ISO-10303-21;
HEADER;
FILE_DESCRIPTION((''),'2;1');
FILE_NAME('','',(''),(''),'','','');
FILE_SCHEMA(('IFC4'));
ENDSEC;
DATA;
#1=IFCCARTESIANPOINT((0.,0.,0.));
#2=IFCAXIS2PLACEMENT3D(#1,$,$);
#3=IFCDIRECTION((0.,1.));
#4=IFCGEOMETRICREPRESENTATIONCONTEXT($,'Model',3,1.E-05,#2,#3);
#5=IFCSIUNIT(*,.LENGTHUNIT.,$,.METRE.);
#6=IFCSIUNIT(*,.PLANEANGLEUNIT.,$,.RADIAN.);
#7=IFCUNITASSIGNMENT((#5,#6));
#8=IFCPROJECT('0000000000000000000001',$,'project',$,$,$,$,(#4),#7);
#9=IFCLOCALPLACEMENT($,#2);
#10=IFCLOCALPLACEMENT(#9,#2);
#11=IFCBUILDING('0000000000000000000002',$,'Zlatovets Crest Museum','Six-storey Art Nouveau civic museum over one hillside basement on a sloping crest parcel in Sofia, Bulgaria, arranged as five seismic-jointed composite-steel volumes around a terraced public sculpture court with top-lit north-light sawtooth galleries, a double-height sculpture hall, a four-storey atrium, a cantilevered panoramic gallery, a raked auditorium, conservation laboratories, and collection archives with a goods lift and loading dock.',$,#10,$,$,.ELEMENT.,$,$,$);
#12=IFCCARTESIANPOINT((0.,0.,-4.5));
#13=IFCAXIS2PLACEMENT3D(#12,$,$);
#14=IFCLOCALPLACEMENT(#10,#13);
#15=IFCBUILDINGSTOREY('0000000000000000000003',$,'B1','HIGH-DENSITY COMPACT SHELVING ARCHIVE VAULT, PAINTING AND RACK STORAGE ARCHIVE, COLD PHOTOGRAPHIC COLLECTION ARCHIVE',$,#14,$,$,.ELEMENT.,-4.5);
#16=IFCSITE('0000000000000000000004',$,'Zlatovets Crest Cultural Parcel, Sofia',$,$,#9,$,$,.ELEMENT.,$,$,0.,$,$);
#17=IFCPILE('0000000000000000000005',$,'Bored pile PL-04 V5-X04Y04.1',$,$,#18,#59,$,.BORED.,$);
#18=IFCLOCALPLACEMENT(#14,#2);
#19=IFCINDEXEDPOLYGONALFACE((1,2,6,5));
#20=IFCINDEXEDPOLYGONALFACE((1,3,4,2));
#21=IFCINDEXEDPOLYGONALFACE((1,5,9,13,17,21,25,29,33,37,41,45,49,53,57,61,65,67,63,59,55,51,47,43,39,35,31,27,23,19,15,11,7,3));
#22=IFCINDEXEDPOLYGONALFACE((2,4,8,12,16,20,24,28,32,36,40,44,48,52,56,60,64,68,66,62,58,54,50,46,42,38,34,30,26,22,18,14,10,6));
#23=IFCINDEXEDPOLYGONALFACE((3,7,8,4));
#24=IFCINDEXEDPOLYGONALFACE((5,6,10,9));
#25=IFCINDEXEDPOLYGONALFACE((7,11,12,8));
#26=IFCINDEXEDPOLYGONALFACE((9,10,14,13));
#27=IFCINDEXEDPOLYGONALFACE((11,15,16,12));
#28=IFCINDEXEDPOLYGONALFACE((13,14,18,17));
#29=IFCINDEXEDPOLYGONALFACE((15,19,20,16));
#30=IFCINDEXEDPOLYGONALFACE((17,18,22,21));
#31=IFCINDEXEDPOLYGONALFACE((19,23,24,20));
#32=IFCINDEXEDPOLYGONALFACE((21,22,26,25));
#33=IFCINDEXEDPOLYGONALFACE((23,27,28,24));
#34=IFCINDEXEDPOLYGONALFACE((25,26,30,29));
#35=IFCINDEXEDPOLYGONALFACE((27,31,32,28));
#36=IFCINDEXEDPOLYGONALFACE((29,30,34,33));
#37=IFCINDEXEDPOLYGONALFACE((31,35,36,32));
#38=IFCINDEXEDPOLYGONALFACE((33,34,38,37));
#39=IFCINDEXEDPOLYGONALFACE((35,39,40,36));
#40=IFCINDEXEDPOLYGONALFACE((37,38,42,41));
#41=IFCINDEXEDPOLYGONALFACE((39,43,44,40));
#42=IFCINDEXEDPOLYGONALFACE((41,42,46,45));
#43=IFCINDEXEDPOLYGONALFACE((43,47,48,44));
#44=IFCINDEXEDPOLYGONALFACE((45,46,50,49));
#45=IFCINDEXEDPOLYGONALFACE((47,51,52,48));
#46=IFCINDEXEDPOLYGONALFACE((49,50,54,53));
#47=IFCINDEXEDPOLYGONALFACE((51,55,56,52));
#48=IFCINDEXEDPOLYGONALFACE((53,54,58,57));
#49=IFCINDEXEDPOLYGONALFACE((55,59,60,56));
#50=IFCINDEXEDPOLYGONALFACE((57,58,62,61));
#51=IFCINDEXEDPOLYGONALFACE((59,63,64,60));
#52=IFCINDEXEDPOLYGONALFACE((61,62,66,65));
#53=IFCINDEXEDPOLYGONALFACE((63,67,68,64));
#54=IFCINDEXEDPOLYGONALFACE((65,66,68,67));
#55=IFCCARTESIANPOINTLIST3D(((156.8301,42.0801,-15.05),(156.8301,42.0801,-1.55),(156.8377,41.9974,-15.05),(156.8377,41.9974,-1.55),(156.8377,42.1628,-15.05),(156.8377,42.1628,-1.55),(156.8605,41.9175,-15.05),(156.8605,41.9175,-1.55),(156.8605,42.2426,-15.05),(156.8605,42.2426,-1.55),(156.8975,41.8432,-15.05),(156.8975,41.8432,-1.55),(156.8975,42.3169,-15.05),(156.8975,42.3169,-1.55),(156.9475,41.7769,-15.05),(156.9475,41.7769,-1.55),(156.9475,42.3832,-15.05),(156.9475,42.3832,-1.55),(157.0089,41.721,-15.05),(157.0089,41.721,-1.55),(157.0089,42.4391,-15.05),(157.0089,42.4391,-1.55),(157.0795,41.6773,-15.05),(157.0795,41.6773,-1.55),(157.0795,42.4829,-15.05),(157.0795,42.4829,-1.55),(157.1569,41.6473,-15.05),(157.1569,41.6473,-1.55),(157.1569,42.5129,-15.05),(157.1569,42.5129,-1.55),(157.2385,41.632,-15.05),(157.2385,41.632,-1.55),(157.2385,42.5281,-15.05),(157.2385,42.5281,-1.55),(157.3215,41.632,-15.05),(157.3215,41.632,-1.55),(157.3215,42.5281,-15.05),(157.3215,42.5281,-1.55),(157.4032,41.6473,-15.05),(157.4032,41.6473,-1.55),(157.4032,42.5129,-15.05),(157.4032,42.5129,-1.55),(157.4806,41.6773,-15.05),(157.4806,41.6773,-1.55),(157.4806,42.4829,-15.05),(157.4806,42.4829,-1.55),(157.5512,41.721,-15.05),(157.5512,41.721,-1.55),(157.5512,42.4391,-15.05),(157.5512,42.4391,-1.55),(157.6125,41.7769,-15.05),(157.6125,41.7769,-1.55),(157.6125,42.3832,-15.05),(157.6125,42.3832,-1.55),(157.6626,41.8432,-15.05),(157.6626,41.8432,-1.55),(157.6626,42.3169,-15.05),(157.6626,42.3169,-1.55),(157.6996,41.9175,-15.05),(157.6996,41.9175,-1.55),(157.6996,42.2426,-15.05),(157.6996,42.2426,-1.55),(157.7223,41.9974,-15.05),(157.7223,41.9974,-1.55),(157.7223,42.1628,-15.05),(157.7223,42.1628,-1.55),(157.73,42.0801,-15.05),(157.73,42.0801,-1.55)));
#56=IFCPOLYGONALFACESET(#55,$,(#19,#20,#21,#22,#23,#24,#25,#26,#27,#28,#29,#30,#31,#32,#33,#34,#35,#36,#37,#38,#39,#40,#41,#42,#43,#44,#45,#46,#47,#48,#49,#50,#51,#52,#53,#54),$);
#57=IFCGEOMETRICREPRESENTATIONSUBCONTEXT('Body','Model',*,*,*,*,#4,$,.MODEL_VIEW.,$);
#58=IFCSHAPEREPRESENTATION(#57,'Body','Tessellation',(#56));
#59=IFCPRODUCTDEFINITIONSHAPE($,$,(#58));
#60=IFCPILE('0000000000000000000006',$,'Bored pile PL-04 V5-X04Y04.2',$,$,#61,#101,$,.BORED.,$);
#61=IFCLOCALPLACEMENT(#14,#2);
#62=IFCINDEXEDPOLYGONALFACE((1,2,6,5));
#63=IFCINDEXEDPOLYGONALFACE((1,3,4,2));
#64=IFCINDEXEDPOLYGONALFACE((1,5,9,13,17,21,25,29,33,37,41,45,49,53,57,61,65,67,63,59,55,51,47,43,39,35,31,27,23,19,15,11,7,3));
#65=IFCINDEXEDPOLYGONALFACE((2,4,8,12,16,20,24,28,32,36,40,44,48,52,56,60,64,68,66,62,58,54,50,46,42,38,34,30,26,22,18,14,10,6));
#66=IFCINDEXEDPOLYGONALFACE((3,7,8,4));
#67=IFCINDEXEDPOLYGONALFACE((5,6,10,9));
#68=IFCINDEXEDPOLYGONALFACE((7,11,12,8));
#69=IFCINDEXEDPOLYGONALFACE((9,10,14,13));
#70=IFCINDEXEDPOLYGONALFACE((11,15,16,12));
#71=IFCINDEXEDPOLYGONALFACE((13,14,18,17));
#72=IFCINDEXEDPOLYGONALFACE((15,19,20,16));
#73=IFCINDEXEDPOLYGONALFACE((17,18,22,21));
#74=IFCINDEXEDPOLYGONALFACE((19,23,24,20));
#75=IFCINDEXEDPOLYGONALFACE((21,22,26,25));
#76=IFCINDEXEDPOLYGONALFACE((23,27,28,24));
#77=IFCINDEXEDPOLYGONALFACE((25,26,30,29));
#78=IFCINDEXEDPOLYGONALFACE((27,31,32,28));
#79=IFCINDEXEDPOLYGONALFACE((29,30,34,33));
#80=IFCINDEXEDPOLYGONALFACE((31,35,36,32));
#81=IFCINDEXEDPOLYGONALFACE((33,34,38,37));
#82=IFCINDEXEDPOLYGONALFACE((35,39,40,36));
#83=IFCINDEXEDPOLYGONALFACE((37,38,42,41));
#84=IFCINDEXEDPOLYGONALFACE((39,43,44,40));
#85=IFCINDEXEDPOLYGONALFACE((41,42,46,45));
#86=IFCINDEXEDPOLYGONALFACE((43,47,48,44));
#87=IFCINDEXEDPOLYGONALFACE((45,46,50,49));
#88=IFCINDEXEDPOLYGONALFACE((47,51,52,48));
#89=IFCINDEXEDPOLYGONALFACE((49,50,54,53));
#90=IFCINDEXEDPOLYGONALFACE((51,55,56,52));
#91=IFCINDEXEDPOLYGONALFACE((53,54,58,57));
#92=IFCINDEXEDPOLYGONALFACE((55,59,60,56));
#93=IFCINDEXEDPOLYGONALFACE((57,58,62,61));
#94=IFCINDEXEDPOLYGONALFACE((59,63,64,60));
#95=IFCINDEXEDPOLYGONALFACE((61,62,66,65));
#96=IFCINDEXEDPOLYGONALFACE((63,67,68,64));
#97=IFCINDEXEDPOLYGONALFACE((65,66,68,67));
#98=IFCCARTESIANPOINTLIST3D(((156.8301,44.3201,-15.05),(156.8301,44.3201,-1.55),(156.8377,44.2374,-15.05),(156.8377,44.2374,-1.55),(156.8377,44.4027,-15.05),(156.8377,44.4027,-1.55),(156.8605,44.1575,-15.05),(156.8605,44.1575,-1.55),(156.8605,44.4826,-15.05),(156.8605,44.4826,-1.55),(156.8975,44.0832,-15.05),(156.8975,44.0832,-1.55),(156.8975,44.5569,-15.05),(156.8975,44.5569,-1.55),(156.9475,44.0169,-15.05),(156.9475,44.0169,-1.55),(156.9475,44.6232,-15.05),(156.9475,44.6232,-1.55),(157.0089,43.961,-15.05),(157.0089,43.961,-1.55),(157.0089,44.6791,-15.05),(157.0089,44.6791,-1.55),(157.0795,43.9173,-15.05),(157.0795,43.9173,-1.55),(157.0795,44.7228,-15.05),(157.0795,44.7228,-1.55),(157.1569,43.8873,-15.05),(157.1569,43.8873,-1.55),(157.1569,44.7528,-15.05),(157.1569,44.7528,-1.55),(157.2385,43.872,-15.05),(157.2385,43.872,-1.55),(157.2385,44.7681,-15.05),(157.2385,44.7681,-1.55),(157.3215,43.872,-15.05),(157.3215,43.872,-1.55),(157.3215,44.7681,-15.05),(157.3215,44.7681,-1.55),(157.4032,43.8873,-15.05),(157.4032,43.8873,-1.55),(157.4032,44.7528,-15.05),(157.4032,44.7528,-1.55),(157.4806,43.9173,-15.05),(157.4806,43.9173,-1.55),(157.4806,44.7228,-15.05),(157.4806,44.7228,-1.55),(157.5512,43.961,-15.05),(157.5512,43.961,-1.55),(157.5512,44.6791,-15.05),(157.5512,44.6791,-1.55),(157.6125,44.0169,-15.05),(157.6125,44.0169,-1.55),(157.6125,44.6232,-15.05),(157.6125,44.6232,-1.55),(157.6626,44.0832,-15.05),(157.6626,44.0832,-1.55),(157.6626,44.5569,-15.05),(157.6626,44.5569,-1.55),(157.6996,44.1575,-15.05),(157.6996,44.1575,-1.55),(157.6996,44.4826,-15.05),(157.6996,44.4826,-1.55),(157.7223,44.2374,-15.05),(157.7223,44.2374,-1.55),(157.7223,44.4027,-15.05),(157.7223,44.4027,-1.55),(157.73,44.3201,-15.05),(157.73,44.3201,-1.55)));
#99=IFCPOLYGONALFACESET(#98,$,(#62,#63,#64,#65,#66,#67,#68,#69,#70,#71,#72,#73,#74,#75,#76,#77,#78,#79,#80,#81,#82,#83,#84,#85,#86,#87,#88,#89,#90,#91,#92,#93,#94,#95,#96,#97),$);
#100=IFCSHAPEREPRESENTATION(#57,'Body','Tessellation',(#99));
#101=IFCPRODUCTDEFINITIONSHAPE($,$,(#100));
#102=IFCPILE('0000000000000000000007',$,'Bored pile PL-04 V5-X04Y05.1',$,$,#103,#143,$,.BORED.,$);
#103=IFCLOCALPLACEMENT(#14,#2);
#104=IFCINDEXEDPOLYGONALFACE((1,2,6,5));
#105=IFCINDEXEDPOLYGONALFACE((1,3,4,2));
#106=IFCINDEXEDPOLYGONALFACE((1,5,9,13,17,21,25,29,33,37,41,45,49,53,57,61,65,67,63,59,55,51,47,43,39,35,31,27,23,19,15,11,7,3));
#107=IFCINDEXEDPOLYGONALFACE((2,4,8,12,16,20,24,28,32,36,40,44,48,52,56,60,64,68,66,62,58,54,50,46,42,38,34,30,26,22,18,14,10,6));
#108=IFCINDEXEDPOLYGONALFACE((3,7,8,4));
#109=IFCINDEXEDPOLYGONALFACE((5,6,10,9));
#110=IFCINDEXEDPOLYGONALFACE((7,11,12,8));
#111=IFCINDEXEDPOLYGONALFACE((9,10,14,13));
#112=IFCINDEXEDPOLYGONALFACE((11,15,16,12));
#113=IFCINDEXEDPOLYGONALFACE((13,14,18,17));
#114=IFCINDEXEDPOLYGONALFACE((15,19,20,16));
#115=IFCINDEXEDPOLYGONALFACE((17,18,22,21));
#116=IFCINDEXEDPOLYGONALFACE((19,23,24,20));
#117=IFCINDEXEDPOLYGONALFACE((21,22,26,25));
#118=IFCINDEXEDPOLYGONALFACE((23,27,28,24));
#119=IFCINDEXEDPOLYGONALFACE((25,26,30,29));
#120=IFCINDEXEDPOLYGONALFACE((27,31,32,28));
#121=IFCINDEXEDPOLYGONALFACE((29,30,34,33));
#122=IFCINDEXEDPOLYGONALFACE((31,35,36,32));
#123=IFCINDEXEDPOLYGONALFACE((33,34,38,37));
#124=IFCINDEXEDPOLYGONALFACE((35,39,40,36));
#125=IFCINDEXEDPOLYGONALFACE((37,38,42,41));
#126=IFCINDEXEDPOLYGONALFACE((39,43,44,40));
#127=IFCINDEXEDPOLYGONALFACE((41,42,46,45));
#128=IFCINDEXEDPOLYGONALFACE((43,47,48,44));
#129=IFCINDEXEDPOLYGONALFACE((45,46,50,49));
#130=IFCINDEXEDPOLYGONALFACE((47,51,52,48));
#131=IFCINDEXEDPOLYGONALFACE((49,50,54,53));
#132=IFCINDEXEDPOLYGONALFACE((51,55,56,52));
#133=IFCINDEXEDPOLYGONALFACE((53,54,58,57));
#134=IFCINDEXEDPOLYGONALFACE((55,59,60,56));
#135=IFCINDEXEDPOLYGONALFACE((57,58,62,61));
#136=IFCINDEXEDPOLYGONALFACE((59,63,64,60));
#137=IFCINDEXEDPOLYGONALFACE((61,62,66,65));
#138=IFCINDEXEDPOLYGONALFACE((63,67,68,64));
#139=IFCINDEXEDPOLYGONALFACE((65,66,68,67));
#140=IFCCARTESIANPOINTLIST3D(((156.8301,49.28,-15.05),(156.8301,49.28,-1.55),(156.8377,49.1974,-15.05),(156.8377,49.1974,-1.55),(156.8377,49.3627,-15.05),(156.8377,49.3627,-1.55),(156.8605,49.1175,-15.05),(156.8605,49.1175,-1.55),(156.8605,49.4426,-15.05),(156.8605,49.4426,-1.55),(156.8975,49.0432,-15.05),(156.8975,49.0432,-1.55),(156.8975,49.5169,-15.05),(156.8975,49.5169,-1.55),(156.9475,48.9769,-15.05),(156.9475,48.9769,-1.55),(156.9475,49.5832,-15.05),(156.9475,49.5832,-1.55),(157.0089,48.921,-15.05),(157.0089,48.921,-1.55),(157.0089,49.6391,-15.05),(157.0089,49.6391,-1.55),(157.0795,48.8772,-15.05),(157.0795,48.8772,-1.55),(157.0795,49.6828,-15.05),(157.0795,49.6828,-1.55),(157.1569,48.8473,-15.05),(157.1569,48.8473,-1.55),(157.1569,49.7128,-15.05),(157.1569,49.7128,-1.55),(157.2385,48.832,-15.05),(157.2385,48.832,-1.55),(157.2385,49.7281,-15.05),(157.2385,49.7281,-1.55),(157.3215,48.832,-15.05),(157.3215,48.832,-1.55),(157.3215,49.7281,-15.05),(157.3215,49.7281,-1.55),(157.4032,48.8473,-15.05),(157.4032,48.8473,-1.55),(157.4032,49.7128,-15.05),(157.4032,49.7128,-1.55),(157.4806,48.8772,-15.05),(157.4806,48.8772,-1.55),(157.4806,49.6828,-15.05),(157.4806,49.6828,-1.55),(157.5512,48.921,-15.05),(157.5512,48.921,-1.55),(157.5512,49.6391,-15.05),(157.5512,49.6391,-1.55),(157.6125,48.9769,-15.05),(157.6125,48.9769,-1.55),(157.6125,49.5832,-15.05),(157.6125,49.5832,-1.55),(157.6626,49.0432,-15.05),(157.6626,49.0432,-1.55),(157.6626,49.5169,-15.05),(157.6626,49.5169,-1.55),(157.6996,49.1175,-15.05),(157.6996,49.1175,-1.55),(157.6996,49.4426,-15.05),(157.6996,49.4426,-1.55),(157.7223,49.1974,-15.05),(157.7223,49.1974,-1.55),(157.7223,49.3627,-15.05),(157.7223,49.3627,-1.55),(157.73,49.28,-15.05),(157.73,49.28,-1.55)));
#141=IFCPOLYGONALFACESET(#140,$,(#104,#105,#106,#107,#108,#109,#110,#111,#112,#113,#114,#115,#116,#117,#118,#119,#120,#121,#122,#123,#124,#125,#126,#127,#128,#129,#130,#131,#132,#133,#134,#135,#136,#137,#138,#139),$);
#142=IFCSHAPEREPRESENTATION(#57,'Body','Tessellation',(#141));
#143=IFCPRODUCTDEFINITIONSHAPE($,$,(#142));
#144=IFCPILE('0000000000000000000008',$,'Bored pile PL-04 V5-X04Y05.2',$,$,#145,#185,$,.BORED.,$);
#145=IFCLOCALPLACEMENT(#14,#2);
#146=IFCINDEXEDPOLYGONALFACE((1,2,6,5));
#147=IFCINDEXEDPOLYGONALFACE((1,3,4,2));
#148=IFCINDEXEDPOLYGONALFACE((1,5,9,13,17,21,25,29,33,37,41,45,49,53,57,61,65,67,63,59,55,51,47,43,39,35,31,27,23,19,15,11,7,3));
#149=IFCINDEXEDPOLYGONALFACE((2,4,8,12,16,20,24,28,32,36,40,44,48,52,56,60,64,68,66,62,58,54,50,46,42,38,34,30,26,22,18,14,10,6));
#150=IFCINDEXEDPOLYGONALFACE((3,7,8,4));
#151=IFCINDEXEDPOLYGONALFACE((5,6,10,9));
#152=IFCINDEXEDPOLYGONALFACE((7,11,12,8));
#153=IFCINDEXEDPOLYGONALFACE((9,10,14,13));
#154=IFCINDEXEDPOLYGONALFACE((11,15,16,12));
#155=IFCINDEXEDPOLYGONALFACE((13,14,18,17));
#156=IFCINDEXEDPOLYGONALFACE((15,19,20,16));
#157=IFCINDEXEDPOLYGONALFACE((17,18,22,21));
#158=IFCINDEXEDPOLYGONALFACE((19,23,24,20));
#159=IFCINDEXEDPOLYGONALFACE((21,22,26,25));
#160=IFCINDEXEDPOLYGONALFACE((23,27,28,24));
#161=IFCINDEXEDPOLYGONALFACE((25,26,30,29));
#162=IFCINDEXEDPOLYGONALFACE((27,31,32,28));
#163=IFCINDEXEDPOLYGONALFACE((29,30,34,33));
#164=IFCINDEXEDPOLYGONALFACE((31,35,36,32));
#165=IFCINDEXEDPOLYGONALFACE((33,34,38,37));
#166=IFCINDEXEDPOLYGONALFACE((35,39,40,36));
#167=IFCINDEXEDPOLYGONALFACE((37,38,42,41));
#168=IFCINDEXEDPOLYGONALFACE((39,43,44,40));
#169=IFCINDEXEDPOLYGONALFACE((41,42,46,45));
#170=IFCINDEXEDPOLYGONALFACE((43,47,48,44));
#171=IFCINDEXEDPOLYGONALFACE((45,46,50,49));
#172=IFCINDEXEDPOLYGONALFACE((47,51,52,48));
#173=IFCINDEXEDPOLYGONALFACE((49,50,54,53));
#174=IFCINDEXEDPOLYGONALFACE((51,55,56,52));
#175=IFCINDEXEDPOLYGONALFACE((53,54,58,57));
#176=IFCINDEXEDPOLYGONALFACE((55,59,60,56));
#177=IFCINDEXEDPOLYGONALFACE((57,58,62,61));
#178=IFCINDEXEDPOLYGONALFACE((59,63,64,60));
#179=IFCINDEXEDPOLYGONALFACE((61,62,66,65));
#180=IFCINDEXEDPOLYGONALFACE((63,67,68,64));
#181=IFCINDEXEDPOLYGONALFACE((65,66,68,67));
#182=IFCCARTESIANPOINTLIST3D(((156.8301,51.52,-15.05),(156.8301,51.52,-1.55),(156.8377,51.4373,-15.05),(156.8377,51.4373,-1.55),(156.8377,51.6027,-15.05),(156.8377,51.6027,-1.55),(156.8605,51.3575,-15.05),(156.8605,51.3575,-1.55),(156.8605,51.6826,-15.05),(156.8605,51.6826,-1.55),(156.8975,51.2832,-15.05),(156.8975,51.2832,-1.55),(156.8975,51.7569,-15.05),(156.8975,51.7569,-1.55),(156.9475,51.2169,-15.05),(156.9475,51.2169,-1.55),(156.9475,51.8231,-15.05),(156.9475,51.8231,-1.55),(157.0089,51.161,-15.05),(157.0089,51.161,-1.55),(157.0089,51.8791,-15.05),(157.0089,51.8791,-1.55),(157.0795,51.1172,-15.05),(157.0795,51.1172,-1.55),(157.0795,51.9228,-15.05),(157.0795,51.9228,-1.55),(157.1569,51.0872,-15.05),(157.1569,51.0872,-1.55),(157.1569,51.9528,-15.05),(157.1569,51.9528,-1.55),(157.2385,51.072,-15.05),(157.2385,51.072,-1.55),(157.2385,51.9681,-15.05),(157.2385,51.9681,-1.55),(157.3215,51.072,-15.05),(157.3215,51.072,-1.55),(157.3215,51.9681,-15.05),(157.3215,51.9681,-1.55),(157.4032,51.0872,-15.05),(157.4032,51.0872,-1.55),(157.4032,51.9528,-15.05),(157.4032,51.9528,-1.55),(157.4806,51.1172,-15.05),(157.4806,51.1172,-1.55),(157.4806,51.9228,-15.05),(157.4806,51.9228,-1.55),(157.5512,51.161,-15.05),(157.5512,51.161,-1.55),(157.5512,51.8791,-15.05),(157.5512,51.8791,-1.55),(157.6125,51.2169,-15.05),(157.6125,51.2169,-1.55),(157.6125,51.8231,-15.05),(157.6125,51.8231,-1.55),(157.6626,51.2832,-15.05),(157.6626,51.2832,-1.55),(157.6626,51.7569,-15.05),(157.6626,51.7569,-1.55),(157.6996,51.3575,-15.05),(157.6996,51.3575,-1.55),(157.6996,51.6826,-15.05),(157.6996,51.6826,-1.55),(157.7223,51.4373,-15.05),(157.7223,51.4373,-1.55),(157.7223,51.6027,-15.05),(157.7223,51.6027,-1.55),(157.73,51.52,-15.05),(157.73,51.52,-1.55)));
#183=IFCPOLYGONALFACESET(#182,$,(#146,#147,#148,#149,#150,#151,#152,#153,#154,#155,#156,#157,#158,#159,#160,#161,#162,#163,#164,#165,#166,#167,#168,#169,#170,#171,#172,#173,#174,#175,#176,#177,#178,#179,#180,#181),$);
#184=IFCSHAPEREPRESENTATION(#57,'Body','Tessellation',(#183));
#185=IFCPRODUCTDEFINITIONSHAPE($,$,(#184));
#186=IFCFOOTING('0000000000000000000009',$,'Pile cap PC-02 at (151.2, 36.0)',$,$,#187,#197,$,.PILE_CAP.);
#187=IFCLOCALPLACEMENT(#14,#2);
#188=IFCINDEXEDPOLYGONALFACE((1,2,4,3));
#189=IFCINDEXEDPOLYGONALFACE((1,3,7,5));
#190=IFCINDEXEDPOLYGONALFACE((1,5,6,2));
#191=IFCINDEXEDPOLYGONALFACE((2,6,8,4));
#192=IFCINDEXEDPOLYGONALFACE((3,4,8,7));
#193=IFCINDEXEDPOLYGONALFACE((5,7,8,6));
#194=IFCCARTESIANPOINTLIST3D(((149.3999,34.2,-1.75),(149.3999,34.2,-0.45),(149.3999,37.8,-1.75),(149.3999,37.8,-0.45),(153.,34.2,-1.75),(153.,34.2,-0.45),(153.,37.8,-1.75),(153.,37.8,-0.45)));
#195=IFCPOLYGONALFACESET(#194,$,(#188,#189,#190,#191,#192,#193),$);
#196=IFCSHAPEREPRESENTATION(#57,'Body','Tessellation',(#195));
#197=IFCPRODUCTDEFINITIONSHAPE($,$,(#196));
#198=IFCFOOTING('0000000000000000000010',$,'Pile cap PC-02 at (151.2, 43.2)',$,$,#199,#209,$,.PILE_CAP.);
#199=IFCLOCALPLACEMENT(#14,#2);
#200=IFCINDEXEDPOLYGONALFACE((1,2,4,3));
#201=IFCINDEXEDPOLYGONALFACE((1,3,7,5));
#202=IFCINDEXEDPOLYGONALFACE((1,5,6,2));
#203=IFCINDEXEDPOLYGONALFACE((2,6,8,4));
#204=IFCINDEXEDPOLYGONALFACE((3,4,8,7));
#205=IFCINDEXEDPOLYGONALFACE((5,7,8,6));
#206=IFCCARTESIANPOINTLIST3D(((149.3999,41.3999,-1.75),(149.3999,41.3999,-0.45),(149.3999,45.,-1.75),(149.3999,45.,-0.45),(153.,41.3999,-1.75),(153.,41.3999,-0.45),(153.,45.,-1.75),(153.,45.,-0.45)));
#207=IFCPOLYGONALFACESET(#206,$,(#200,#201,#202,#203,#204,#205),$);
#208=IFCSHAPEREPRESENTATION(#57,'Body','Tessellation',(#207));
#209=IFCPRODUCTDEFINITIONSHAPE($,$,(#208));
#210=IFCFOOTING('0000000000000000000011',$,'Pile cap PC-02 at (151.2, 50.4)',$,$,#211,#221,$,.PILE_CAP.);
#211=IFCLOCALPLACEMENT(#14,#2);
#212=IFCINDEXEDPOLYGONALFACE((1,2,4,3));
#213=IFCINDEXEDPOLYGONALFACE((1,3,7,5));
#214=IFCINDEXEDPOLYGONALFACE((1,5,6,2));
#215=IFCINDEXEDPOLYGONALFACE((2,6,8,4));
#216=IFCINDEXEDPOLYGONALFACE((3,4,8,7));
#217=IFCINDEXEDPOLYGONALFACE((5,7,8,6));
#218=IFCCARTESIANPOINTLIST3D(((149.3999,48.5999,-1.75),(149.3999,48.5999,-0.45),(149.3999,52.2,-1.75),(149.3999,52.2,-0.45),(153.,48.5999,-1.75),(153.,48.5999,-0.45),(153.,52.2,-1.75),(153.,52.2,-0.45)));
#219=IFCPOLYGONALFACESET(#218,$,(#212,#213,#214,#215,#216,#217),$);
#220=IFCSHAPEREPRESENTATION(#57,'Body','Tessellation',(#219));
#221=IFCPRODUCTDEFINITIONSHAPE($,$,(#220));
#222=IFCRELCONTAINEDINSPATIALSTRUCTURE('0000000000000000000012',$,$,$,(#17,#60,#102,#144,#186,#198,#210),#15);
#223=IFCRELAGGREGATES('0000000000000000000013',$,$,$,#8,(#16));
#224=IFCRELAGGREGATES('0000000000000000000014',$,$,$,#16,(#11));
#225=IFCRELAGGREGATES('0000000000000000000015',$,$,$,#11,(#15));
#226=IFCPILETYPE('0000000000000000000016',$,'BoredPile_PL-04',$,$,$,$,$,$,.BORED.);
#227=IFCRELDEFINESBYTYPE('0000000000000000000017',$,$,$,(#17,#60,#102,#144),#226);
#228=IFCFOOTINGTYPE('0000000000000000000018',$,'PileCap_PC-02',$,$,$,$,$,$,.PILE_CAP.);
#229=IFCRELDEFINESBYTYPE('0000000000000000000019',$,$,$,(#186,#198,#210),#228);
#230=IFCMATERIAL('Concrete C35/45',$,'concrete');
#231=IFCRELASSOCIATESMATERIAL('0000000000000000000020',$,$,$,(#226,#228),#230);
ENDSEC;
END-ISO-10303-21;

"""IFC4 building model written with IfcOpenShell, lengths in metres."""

from ifc_helpers import new_model, si_unit, direction, frame, origin, origin_2d, place, context, subcontext, project, spatial, rectangle, circle, extrude, material, material_profile, profile_set, type_object, element, save


model = new_model("IFC4")

# Units and contexts
model_context = context("Model", 3, precision=1e-05, world=origin(), true_north=direction((0.0, 1.0)))
body_context = subcontext(model_context, "Body", "Model", "MODEL_VIEW")
ifc_project = project(units=[si_unit("LENGTHUNIT", "METRE"), si_unit("PLANEANGLEUNIT", "RADIAN")], contexts=[model_context])

# Site, building, storey
site_placement = place(None, origin())
site = spatial("IfcSite", under=ifc_project, at=site_placement, Name="Zlatovets Crest Cultural Parcel, Sofia", CompositionType="ELEMENT", RefElevation=0.0)
building_placement = place(site_placement, origin())
building = spatial("IfcBuilding", under=site, at=building_placement, Name="Zlatovets Crest Museum", Description="Six-storey Art Nouveau civic museum over one hillside basement on a sloping crest parcel in Sofia, Bulgaria, arranged as five seismic-jointed composite-steel volumes around a terraced public sculpture court with top-lit north-light sawtooth galleries, a double-height sculpture hall, a four-storey atrium, a cantilevered panoramic gallery, a raked auditorium, conservation laboratories, and collection archives with a goods lift and loading dock.", CompositionType="ELEMENT")
storey_placement = place(building_placement, frame((0.0, 0.0, -4.5)))
storey = spatial("IfcBuildingStorey", under=building, at=storey_placement, Name="B1", Description="HIGH-DENSITY COMPACT SHELVING ARCHIVE VAULT, PAINTING AND RACK STORAGE ARCHIVE, COLD PHOTOGRAPHIC COLLECTION ARCHIVE", CompositionType="ELEMENT", Elevation=-4.5)

# Piles
ifc_material = material(Name="Concrete C35/45", Category="concrete")
ifc_material_profile_1 = material_profile(ifc_material, circle(Radius=0.45, at=origin_2d()), Name="PILE D900")
ifc_profile_set_1 = profile_set([ifc_material_profile_1], Name="Concrete C35/45")
pile_type = type_object("IfcPileType", Name="BoredPile_PL-04", PredefinedType="BORED", material=ifc_profile_set_1)
for number, where, z_axis, x_axis, name in (
    (1, (157.28, 42.0801, -1.55), (0.0, 0.0, -1.0), (1.0, 0.0, 0.0), "Bored pile PL-04 V5-X04Y04.1"),
    (2, (157.28, 44.3201, -1.55), (0.0, 0.0, -1.0), (1.0, 0.0, 0.0), "Bored pile PL-04 V5-X04Y04.2"),
    (3, (157.28, 49.28, -1.55), (0.0, 0.0, -1.0), (1.0, 0.0, 0.0), "Bored pile PL-04 V5-X04Y05.1"),
    (4, (157.28, 51.52, -1.55), (0.0, 0.0, -1.0), (1.0, 0.0, 0.0), "Bored pile PL-04 V5-X04Y05.2"),
):
    element("IfcPile", number, at=place(storey_placement, frame(where, z_axis=z_axis, x_axis=x_axis)), inside=storey, type_object=pile_type, Name=name, PredefinedType="BORED", context=body_context, shape_type="SweptSolid", body=[
        extrude(circle(Radius=0.45, at=origin_2d()), origin(), (0.0, 0.0, 1.0), 13.5),
    ])

# Footings
footing_type = type_object("IfcFootingType", Name="PileCap_PC-02", PredefinedType="PILE_CAP", material=ifc_material)
for number, where, z_axis, x_axis, name in (
    (5, (151.2, 36.0, -1.75), (0.0, 0.0, 1.0), (1.0, 0.0, 0.0), "Pile cap PC-02 at (151.2, 36.0)"),
    (6, (151.2, 43.2, -1.75), (0.0, 0.0, 1.0), (1.0, 0.0, 0.0), "Pile cap PC-02 at (151.2, 43.2)"),
    (7, (151.2, 50.3999, -1.75), (0.0, 0.0, 1.0), (1.0, 0.0, 0.0), "Pile cap PC-02 at (151.2, 50.4)"),
):
    element("IfcFooting", number, at=place(storey_placement, frame(where, z_axis=z_axis, x_axis=x_axis)), inside=storey, type_object=footing_type, Name=name, PredefinedType="PILE_CAP", context=body_context, shape_type="SweptSolid", body=[
        extrude(rectangle(XDim=3.6001, YDim=3.6001, at=origin_2d()), origin(), (0.0, 0.0, 1.0), 1.3),
    ])

save(model, "model.ifc")
